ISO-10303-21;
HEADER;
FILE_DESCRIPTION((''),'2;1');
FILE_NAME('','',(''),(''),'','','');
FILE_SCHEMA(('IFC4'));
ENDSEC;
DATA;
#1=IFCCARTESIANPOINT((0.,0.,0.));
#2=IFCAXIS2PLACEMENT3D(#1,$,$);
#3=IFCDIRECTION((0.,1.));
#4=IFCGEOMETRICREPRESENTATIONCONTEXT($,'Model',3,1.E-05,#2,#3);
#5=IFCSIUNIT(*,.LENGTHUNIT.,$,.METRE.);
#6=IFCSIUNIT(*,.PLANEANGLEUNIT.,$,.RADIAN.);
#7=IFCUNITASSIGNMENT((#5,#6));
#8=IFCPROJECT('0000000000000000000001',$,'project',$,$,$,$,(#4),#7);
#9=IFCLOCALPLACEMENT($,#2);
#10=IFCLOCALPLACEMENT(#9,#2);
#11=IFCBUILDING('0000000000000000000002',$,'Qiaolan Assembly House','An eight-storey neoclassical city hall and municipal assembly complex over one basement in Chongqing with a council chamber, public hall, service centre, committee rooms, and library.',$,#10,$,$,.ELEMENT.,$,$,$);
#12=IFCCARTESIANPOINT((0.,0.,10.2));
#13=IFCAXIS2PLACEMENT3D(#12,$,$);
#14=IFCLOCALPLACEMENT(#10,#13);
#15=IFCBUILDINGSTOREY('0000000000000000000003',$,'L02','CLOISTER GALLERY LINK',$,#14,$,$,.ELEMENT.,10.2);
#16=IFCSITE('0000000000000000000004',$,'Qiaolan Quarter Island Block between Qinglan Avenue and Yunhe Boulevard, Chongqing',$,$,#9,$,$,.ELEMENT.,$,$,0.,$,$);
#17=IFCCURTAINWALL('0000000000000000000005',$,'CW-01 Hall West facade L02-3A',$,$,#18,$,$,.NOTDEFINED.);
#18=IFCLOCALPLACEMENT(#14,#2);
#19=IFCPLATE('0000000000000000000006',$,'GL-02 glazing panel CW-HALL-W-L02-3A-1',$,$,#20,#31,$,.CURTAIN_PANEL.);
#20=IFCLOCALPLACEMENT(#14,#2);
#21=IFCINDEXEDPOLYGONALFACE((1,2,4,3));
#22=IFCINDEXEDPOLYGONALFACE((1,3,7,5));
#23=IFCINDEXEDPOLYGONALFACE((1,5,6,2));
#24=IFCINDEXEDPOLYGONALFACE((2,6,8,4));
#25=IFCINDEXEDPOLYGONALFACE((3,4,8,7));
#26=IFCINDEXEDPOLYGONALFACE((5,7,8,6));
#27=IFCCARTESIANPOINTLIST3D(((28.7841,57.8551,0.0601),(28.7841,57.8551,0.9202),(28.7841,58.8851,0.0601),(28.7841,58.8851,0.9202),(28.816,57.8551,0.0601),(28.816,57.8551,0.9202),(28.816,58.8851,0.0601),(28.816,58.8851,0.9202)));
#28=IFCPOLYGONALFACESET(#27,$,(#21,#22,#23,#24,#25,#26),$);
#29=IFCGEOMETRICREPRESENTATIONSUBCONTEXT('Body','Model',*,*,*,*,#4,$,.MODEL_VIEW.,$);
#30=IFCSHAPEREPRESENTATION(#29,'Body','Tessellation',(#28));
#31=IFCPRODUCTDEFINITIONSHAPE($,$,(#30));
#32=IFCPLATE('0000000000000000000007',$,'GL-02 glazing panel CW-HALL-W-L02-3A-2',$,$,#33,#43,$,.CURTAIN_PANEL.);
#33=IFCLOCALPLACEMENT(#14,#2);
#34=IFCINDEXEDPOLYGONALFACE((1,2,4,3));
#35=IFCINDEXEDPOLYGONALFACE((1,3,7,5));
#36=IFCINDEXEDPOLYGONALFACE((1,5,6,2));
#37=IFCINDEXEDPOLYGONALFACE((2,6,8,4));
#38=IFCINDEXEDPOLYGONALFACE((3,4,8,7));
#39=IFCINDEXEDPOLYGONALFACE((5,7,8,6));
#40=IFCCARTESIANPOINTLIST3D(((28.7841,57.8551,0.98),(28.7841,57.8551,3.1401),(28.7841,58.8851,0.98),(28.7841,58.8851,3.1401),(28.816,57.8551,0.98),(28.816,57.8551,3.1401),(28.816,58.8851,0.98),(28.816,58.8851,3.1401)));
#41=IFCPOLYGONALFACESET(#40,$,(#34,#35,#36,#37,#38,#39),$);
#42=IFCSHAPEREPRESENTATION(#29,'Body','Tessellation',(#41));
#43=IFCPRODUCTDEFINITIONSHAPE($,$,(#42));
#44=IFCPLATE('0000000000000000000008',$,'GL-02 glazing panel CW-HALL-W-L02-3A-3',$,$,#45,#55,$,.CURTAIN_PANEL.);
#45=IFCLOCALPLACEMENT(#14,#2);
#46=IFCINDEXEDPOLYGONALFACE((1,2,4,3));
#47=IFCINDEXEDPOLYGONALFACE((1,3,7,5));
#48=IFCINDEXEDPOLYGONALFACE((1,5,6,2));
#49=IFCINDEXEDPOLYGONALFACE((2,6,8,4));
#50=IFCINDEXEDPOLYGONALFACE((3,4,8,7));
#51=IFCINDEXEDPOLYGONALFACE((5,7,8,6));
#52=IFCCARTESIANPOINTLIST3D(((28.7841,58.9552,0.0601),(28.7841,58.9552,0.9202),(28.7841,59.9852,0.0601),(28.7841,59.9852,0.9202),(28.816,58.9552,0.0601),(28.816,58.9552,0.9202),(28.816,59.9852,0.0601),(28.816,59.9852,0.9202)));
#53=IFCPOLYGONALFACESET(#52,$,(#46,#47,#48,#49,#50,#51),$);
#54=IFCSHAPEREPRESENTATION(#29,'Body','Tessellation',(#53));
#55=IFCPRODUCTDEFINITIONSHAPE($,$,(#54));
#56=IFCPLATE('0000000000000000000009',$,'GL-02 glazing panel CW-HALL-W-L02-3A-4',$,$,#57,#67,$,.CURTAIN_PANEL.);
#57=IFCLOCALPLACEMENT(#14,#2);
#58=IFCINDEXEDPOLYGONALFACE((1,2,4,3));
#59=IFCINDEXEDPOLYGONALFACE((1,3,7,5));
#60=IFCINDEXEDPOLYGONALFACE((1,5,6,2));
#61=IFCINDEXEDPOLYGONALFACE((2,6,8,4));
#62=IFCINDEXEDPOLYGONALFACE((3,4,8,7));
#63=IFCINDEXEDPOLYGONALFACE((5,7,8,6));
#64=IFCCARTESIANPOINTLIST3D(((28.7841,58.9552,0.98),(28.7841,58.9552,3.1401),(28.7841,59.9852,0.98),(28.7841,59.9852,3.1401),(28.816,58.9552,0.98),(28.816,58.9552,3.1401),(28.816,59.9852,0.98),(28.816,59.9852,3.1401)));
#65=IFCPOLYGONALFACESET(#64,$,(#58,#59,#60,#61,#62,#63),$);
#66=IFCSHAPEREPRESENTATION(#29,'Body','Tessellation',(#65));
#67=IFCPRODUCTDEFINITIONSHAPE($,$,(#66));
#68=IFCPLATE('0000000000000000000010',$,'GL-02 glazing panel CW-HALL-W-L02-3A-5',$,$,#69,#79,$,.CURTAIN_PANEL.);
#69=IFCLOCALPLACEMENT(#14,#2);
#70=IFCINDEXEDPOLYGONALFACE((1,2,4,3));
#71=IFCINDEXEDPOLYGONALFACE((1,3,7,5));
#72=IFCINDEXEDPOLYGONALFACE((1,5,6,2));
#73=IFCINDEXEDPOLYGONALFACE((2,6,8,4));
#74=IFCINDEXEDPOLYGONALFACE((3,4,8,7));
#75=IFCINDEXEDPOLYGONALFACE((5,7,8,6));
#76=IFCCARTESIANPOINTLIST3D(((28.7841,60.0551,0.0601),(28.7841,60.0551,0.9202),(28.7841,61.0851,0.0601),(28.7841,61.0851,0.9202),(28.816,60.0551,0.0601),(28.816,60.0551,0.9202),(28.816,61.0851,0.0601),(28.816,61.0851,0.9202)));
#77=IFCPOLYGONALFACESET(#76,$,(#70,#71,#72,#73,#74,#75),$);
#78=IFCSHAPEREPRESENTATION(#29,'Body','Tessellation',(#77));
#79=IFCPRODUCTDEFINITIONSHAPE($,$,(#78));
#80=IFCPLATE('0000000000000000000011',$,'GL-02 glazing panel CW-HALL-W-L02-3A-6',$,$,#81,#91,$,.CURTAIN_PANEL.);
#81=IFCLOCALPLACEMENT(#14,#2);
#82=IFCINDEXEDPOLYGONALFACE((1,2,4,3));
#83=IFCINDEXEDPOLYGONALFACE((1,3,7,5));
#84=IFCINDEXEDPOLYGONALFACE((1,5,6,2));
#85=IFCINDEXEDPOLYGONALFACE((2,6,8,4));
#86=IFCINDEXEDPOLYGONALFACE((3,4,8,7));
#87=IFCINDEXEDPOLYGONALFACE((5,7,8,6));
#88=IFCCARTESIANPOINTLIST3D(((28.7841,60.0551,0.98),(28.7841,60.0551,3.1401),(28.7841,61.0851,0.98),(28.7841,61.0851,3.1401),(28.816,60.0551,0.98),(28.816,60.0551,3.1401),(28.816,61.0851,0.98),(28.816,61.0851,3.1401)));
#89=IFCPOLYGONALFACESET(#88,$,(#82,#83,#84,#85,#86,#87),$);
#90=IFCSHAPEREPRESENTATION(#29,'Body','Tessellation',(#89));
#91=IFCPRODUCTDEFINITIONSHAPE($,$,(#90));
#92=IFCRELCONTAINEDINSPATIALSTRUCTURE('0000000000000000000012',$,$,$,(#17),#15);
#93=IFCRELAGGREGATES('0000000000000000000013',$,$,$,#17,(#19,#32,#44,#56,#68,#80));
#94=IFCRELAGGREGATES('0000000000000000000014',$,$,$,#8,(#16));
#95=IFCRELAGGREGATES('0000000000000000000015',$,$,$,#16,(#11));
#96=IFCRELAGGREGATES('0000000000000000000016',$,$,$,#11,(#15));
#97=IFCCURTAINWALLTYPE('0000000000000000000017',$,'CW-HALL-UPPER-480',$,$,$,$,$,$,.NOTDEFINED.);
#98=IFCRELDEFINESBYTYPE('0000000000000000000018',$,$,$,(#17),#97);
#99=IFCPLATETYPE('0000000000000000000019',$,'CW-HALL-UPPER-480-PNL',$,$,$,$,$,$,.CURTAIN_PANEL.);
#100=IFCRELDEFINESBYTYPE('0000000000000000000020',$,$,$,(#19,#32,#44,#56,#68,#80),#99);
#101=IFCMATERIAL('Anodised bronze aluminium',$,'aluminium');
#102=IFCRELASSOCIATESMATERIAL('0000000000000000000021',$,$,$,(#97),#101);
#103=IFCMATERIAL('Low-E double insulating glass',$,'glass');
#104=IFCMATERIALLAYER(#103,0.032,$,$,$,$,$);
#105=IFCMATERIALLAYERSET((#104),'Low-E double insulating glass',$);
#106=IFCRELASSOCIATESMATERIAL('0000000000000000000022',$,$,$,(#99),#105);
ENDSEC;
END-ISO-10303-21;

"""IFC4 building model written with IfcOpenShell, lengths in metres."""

from ifc_helpers import new_model, si_unit, direction, frame, frame_2d, origin, place, context, subcontext, project, spatial, rectangle, extrude, material, layer, layer_set, type_object, element, aggregate, save


model = new_model("IFC4")

# Units and contexts
model_context = context("Model", 3, precision=1e-05, world=origin(), true_north=direction((0.0, 1.0)))
body_context = subcontext(model_context, "Body", "Model", "MODEL_VIEW")
ifc_project = project(units=[si_unit("LENGTHUNIT", "METRE"), si_unit("PLANEANGLEUNIT", "RADIAN")], contexts=[model_context])

# Site, building, storey
site_placement = place(None, origin())
site = spatial("IfcSite", under=ifc_project, at=site_placement, Name="Qiaolan Quarter Island Block between Qinglan Avenue and Yunhe Boulevard, Chongqing", CompositionType="ELEMENT", RefElevation=0.0)
building_placement = place(site_placement, origin())
building = spatial("IfcBuilding", under=site, at=building_placement, Name="Qiaolan Assembly House", Description="An eight-storey neoclassical city hall and municipal assembly complex over one basement in Chongqing with a council chamber, public hall, service centre, committee rooms, and library.", CompositionType="ELEMENT")
storey_placement = place(building_placement, frame((0.0, 0.0, 10.2)))
storey = spatial("IfcBuildingStorey", under=building, at=storey_placement, Name="L02", Description="CLOISTER GALLERY LINK", CompositionType="ELEMENT", Elevation=10.2)

# Curtain wall
ifc_material_1 = material(Name="Anodised bronze aluminium", Category="aluminium")
curtain_wall_type = type_object("IfcCurtainWallType", Name="CW-HALL-UPPER-480", PredefinedType="NOTDEFINED", material=ifc_material_1)
curtain_wall_placement = place(storey_placement, origin())
curtain_wall = element("IfcCurtainWall", 1, at=curtain_wall_placement, inside=storey, type_object=curtain_wall_type, Name="CW-01 Hall West facade L02-3A", PredefinedType="NOTDEFINED")

# Plates
ifc_material_2 = material(Name="Low-E double insulating glass", Category="glass")
ifc_layer = layer(ifc_material_2, 0.032)
ifc_layer_set = layer_set([ifc_layer], Name="Low-E double insulating glass")
plate_type = type_object("IfcPlateType", Name="CW-HALL-UPPER-480-PNL", PredefinedType="CURTAIN_PANEL", material=ifc_layer_set)
plate_1_placement = place(storey_placement, frame((28.8, 57.855, 0.0601), z_axis=(0.0, 0.0, 1.0), x_axis=(0.0, 1.0, 0.0)))
plate_1 = element("IfcPlate", 2, at=plate_1_placement, type_object=plate_type, Name="GL-02 glazing panel CW-HALL-W-L02-3A-1", PredefinedType="CURTAIN_PANEL", context=body_context, shape_type="SweptSolid", body=[
    extrude(rectangle(XDim=1.03, YDim=0.032, at=frame_2d((0.5151, 0.0))), origin(), (0.0, 0.0, 1.0), 0.8601),
])
plate_2_placement = place(storey_placement, frame((28.8, 57.855, 0.98), z_axis=(0.0, 0.0, 1.0), x_axis=(0.0, 1.0, 0.0)))
plate_2 = element("IfcPlate", 3, at=plate_2_placement, type_object=plate_type, Name="GL-02 glazing panel CW-HALL-W-L02-3A-2", PredefinedType="CURTAIN_PANEL", context=body_context, shape_type="SweptSolid", body=[
    extrude(rectangle(XDim=1.03, YDim=0.032, at=frame_2d((0.5151, 0.0))), origin(), (0.0, 0.0, 1.0), 2.1602),
])
plate_3_placement = place(storey_placement, frame((28.8, 58.9551, 0.0601), z_axis=(0.0, 0.0, 1.0), x_axis=(0.0, 1.0, 0.0)))
plate_3 = element("IfcPlate", 4, at=plate_3_placement, type_object=plate_type, Name="GL-02 glazing panel CW-HALL-W-L02-3A-3", PredefinedType="CURTAIN_PANEL", context=body_context, shape_type="SweptSolid", body=[
    extrude(rectangle(XDim=1.03, YDim=0.032, at=frame_2d((0.5151, 0.0))), origin(), (0.0, 0.0, 1.0), 0.8601),
])
plate_4_placement = place(storey_placement, frame((28.8, 58.9551, 0.98), z_axis=(0.0, 0.0, 1.0), x_axis=(0.0, 1.0, 0.0)))
plate_4 = element("IfcPlate", 5, at=plate_4_placement, type_object=plate_type, Name="GL-02 glazing panel CW-HALL-W-L02-3A-4", PredefinedType="CURTAIN_PANEL", context=body_context, shape_type="SweptSolid", body=[
    extrude(rectangle(XDim=1.03, YDim=0.032, at=frame_2d((0.5151, 0.0))), origin(), (0.0, 0.0, 1.0), 2.1602),
])
plate_5_placement = place(storey_placement, frame((28.8, 60.0549, 0.0601), z_axis=(0.0, 0.0, 1.0), x_axis=(0.0, 1.0, 0.0)))
plate_5 = element("IfcPlate", 6, at=plate_5_placement, type_object=plate_type, Name="GL-02 glazing panel CW-HALL-W-L02-3A-5", PredefinedType="CURTAIN_PANEL", context=body_context, shape_type="SweptSolid", body=[
    extrude(rectangle(XDim=1.03, YDim=0.032, at=frame_2d((0.5151, 0.0))), origin(), (0.0, 0.0, 1.0), 0.8601),
])
plate_6_placement = place(storey_placement, frame((28.8, 60.0549, 0.98), z_axis=(0.0, 0.0, 1.0), x_axis=(0.0, 1.0, 0.0)))
plate_6 = element("IfcPlate", 7, at=plate_6_placement, type_object=plate_type, Name="GL-02 glazing panel CW-HALL-W-L02-3A-6", PredefinedType="CURTAIN_PANEL", context=body_context, shape_type="SweptSolid", body=[
    extrude(rectangle(XDim=1.03, YDim=0.032, at=frame_2d((0.5151, 0.0))), origin(), (0.0, 0.0, 1.0), 2.1602),
])
aggregate(curtain_wall, [plate_1, plate_2, plate_3, plate_4, plate_5, plate_6])

save(model, "model.ifc")
